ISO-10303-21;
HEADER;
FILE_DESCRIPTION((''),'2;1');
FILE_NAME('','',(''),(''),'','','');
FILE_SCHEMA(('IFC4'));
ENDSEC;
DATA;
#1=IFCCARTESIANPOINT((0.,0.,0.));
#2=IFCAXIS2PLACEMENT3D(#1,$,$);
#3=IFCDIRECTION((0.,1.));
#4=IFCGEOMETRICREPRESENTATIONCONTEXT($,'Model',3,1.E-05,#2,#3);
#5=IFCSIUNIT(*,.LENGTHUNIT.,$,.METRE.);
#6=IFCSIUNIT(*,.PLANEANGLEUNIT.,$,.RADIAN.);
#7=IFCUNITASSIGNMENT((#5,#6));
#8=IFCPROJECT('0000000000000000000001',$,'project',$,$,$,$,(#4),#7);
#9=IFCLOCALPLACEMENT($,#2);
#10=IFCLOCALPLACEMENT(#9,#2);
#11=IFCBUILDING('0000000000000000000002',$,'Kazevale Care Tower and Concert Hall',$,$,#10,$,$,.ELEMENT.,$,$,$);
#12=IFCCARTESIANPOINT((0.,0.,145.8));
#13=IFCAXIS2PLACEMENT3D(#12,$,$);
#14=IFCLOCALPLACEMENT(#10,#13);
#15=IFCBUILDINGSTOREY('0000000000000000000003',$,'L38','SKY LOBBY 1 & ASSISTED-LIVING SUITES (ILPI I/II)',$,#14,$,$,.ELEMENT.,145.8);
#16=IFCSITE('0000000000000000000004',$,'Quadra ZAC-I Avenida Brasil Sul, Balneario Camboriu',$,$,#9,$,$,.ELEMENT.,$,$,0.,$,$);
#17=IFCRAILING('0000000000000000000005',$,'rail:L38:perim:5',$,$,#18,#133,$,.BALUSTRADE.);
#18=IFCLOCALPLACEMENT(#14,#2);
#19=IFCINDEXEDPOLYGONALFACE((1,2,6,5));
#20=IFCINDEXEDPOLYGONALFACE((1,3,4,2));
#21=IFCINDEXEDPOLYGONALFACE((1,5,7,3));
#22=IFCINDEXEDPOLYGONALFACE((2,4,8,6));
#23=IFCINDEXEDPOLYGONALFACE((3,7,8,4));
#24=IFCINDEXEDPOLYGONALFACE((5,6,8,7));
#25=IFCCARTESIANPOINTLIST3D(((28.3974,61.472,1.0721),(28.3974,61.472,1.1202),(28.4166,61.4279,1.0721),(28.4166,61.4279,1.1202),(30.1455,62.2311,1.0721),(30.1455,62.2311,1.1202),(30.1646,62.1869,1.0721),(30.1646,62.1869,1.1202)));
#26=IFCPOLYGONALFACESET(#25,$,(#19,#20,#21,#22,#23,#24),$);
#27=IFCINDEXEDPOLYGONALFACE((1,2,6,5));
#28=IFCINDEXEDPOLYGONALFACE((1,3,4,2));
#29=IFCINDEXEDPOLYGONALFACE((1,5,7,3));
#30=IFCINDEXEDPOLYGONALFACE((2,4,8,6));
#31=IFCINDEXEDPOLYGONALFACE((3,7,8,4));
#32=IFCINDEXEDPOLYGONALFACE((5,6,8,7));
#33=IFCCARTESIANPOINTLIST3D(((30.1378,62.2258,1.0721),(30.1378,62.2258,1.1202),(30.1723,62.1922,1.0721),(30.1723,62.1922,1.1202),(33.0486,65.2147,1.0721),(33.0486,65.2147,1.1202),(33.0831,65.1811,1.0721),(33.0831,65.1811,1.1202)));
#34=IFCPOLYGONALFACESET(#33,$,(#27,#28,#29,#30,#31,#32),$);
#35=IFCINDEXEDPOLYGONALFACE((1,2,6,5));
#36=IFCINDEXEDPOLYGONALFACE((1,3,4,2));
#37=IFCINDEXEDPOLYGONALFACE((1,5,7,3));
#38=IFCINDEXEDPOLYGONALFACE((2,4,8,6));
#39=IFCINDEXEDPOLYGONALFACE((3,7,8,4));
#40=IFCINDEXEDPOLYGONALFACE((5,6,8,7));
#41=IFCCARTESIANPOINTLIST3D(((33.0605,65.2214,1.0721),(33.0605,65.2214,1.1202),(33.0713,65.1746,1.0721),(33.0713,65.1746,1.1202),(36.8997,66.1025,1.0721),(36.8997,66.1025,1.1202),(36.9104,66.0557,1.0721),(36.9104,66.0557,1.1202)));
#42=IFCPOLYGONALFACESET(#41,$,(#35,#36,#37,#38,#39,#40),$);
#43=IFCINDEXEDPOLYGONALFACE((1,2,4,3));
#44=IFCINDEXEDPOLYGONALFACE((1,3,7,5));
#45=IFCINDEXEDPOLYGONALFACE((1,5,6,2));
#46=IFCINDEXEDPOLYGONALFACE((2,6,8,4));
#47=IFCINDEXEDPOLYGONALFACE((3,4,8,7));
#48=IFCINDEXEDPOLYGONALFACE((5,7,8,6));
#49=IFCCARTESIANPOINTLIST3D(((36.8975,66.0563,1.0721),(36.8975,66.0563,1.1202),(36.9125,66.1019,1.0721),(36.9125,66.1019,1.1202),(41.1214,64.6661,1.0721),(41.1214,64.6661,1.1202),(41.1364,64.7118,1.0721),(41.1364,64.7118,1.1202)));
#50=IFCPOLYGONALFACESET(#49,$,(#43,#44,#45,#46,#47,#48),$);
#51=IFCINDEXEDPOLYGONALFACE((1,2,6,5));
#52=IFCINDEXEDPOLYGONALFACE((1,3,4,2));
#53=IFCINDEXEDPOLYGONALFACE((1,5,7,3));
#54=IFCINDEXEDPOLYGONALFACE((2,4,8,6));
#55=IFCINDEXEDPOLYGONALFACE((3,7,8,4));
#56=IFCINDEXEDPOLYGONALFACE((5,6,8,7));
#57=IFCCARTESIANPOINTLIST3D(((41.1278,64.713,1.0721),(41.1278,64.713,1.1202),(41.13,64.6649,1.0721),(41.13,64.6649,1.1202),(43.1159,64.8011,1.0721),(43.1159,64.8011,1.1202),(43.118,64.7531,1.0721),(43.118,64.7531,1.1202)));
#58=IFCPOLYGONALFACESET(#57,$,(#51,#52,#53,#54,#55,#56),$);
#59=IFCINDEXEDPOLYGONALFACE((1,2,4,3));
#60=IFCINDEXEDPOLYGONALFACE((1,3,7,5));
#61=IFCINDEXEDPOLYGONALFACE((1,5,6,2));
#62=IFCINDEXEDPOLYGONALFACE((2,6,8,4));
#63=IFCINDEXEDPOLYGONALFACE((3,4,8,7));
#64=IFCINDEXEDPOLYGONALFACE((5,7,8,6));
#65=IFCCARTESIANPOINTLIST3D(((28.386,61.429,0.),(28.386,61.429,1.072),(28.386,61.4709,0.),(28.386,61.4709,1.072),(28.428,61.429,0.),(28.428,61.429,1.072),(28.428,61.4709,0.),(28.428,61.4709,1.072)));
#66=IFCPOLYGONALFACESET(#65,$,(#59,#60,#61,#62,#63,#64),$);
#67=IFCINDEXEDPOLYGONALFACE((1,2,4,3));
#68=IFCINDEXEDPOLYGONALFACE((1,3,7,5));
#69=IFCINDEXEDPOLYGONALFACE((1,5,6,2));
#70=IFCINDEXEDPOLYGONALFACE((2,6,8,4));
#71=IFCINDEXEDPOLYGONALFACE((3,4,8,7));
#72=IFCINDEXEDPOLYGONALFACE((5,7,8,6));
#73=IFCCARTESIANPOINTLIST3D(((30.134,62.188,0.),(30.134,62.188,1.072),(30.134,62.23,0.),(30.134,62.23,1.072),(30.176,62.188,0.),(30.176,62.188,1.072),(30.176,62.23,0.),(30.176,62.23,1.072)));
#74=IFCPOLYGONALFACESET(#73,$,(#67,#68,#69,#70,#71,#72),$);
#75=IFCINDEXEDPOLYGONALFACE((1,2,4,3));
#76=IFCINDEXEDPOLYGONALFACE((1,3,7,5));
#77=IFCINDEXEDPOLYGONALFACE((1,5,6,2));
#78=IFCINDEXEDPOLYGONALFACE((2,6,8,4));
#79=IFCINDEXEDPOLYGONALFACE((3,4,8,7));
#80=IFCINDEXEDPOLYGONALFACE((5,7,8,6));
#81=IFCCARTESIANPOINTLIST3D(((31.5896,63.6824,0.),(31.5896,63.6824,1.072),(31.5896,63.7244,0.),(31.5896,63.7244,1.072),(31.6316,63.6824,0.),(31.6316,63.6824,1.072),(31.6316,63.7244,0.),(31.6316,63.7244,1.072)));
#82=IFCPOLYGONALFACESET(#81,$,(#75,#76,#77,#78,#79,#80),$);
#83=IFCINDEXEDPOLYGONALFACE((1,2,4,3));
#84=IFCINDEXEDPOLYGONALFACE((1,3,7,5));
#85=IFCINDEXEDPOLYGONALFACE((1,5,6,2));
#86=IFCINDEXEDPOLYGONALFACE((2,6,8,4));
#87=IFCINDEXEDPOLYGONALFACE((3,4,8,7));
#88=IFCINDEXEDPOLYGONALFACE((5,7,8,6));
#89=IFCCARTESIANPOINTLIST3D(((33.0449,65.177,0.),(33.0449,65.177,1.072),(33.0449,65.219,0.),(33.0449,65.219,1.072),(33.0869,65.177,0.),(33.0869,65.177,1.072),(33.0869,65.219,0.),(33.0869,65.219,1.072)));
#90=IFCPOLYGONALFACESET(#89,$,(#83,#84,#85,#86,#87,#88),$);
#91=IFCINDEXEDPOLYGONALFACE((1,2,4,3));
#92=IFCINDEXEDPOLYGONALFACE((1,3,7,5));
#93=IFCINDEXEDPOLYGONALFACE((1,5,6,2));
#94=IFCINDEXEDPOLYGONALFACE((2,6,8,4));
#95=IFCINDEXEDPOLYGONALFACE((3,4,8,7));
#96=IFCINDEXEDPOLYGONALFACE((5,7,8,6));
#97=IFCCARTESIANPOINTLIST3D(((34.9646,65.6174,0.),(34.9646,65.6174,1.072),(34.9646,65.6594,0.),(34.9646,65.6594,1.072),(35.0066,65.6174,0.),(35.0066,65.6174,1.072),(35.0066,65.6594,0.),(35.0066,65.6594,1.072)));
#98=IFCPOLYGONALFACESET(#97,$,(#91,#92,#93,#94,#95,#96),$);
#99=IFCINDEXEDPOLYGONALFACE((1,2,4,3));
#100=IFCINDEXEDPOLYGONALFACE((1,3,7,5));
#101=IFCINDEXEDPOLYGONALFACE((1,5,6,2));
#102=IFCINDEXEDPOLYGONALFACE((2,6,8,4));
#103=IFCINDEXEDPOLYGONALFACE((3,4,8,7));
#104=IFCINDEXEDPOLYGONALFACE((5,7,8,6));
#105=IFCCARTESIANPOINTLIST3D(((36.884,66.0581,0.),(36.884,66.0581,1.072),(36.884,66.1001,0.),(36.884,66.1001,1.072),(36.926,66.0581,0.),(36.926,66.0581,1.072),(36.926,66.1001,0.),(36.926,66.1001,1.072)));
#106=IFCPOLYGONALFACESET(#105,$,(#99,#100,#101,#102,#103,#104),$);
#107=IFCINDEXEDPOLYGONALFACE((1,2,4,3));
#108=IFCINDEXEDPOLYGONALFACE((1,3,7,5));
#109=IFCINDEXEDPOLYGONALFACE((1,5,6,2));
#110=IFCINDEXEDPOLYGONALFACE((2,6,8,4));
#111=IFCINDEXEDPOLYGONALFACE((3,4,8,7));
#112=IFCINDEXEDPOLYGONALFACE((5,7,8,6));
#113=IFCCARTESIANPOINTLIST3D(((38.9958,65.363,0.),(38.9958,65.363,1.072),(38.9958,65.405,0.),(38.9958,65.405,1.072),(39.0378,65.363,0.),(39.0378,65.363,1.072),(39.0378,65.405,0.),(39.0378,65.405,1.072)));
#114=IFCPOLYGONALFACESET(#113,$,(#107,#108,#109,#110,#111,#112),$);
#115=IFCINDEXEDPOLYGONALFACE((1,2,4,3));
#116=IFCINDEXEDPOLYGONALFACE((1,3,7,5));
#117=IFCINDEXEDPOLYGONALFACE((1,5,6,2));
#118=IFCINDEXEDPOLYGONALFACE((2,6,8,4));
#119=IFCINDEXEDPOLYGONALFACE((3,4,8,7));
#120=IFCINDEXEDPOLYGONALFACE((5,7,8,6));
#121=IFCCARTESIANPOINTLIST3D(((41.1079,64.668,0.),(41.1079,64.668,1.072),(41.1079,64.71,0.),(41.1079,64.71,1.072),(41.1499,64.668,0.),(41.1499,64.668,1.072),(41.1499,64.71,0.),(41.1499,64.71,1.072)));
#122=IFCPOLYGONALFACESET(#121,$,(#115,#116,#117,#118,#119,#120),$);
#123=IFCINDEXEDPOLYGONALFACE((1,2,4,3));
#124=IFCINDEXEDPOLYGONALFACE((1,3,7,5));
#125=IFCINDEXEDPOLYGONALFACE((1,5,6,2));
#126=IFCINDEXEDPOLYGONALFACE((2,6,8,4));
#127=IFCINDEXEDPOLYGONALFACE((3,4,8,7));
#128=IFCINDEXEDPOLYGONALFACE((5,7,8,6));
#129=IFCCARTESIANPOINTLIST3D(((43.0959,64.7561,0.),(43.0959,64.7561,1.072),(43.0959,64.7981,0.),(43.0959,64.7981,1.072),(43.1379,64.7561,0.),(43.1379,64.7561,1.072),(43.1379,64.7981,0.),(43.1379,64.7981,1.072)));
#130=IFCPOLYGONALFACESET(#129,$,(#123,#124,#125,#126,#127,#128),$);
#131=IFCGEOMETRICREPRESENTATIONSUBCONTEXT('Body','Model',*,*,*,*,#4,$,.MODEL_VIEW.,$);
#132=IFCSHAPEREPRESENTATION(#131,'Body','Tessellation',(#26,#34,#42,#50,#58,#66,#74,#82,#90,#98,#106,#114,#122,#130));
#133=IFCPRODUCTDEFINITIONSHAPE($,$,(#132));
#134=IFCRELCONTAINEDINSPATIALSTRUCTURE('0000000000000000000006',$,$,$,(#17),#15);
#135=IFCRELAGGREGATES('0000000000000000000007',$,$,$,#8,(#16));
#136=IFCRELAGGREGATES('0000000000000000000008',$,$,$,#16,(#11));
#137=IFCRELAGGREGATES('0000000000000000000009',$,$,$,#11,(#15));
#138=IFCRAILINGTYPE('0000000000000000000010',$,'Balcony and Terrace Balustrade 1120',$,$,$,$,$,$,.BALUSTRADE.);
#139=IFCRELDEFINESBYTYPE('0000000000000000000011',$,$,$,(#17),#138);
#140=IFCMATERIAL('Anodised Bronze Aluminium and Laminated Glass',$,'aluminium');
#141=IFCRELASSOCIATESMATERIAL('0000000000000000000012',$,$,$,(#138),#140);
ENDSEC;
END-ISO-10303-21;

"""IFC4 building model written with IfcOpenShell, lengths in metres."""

from ifc_helpers import new_model, si_unit, direction, frame, origin, origin_2d, place, context, subcontext, project, spatial, rectangle, extrude, material, type_object, element, save


model = new_model("IFC4")

# Units and contexts
model_context = context("Model", 3, precision=1e-05, world=origin(), true_north=direction((0.0, 1.0)))
body_context = subcontext(model_context, "Body", "Model", "MODEL_VIEW")
ifc_project = project(units=[si_unit("LENGTHUNIT", "METRE"), si_unit("PLANEANGLEUNIT", "RADIAN")], contexts=[model_context])

# Site, building, storey
site_placement = place(None, origin())
site = spatial("IfcSite", under=ifc_project, at=site_placement, Name="Quadra ZAC-I Avenida Brasil Sul, Balneario Camboriu", CompositionType="ELEMENT", RefElevation=0.0)
building_placement = place(site_placement, origin())
building = spatial("IfcBuilding", under=site, at=building_placement, Name="Kazevale Care Tower and Concert Hall", CompositionType="ELEMENT")
storey_placement = place(building_placement, frame((0.0, 0.0, 145.8)))
storey = spatial("IfcBuildingStorey", under=building, at=storey_placement, Name="L38", Description="SKY LOBBY 1 & ASSISTED-LIVING SUITES (ILPI I/II)", CompositionType="ELEMENT", Elevation=145.8)

# Railing
ifc_material_1 = material(Name="Anodised Bronze Aluminium and Laminated Glass", Category="aluminium")
railing_type = type_object("IfcRailingType", Name="Balcony and Terrace Balustrade 1120", PredefinedType="BALUSTRADE", material=ifc_material_1)
railing_1_placement = place(storey_placement, frame((28.407, 61.45, 0.0)))
element("IfcRailing", 1, at=railing_1_placement, inside=storey, type_object=railing_type, Name="rail:L38:perim:5", PredefinedType="BALUSTRADE", context=body_context, shape_type="SweptSolid", body=[
    extrude(rectangle(XDim=0.0481, YDim=0.0481, at=origin_2d()), frame((0.0, 0.0, 1.0962), z_axis=(0.917259, 0.39829, 0.0), x_axis=(-0.39829, 0.917259, 0.0)), (0.0, 0.0, 1.0), 1.9058),
    extrude(rectangle(XDim=0.0481, YDim=0.0481, at=origin_2d()), frame((1.748, 0.759, 1.0962), z_axis=(0.697682, 0.716407, 0.0), x_axis=(-0.716407, 0.697682, 0.0)), (0.0, 0.0, 1.0), 4.1721),
    extrude(rectangle(XDim=0.0481, YDim=0.0481, at=origin_2d()), frame((4.6589, 3.748, 1.0962), z_axis=(0.97466, 0.223691, 0.0), x_axis=(-0.223691, 0.97466, 0.0)), (0.0, 0.0, 1.0), 3.939),
    extrude(rectangle(XDim=0.0481, YDim=0.0481, at=origin_2d()), frame((8.498, 4.6292, 1.0962), z_axis=(0.949879, -0.312618, 0.0), x_axis=(0.312618, 0.949879, 0.0)), (0.0, 0.0, 1.0), 4.4468),
    extrude(rectangle(XDim=0.0481, YDim=0.0481, at=origin_2d()), frame((12.7219, 3.239, 1.0962), z_axis=(0.999019, 0.044289, 0.0), x_axis=(-0.044289, 0.999019, 0.0)), (0.0, 0.0, 1.0), 1.99),
    extrude(rectangle(XDim=0.042, YDim=0.042, at=origin_2d()), origin(), (0.0, 0.0, 1.0), 1.072),
    extrude(rectangle(XDim=0.042, YDim=0.042, at=origin_2d()), frame((1.748, 0.759, 0.0)), (0.0, 0.0, 1.0), 1.072),
    extrude(rectangle(XDim=0.042, YDim=0.042, at=origin_2d()), frame((3.2036, 2.2534, 0.0)), (0.0, 0.0, 1.0), 1.072),
    extrude(rectangle(XDim=0.042, YDim=0.042, at=origin_2d()), frame((4.6589, 3.748, 0.0)), (0.0, 0.0, 1.0), 1.072),
    extrude(rectangle(XDim=0.042, YDim=0.042, at=origin_2d()), frame((6.5786, 4.1885, 0.0)), (0.0, 0.0, 1.0), 1.072),
    extrude(rectangle(XDim=0.042, YDim=0.042, at=origin_2d()), frame((8.498, 4.6292, 0.0)), (0.0, 0.0, 1.0), 1.072),
    extrude(rectangle(XDim=0.042, YDim=0.042, at=origin_2d()), frame((10.6099, 3.9341, 0.0)), (0.0, 0.0, 1.0), 1.072),
    extrude(rectangle(XDim=0.042, YDim=0.042, at=origin_2d()), frame((12.7219, 3.239, 0.0)), (0.0, 0.0, 1.0), 1.072),
    extrude(rectangle(XDim=0.042, YDim=0.042, at=origin_2d()), frame((14.71, 3.3271, 0.0)), (0.0, 0.0, 1.0), 1.072),
])

save(model, "model.ifc")
